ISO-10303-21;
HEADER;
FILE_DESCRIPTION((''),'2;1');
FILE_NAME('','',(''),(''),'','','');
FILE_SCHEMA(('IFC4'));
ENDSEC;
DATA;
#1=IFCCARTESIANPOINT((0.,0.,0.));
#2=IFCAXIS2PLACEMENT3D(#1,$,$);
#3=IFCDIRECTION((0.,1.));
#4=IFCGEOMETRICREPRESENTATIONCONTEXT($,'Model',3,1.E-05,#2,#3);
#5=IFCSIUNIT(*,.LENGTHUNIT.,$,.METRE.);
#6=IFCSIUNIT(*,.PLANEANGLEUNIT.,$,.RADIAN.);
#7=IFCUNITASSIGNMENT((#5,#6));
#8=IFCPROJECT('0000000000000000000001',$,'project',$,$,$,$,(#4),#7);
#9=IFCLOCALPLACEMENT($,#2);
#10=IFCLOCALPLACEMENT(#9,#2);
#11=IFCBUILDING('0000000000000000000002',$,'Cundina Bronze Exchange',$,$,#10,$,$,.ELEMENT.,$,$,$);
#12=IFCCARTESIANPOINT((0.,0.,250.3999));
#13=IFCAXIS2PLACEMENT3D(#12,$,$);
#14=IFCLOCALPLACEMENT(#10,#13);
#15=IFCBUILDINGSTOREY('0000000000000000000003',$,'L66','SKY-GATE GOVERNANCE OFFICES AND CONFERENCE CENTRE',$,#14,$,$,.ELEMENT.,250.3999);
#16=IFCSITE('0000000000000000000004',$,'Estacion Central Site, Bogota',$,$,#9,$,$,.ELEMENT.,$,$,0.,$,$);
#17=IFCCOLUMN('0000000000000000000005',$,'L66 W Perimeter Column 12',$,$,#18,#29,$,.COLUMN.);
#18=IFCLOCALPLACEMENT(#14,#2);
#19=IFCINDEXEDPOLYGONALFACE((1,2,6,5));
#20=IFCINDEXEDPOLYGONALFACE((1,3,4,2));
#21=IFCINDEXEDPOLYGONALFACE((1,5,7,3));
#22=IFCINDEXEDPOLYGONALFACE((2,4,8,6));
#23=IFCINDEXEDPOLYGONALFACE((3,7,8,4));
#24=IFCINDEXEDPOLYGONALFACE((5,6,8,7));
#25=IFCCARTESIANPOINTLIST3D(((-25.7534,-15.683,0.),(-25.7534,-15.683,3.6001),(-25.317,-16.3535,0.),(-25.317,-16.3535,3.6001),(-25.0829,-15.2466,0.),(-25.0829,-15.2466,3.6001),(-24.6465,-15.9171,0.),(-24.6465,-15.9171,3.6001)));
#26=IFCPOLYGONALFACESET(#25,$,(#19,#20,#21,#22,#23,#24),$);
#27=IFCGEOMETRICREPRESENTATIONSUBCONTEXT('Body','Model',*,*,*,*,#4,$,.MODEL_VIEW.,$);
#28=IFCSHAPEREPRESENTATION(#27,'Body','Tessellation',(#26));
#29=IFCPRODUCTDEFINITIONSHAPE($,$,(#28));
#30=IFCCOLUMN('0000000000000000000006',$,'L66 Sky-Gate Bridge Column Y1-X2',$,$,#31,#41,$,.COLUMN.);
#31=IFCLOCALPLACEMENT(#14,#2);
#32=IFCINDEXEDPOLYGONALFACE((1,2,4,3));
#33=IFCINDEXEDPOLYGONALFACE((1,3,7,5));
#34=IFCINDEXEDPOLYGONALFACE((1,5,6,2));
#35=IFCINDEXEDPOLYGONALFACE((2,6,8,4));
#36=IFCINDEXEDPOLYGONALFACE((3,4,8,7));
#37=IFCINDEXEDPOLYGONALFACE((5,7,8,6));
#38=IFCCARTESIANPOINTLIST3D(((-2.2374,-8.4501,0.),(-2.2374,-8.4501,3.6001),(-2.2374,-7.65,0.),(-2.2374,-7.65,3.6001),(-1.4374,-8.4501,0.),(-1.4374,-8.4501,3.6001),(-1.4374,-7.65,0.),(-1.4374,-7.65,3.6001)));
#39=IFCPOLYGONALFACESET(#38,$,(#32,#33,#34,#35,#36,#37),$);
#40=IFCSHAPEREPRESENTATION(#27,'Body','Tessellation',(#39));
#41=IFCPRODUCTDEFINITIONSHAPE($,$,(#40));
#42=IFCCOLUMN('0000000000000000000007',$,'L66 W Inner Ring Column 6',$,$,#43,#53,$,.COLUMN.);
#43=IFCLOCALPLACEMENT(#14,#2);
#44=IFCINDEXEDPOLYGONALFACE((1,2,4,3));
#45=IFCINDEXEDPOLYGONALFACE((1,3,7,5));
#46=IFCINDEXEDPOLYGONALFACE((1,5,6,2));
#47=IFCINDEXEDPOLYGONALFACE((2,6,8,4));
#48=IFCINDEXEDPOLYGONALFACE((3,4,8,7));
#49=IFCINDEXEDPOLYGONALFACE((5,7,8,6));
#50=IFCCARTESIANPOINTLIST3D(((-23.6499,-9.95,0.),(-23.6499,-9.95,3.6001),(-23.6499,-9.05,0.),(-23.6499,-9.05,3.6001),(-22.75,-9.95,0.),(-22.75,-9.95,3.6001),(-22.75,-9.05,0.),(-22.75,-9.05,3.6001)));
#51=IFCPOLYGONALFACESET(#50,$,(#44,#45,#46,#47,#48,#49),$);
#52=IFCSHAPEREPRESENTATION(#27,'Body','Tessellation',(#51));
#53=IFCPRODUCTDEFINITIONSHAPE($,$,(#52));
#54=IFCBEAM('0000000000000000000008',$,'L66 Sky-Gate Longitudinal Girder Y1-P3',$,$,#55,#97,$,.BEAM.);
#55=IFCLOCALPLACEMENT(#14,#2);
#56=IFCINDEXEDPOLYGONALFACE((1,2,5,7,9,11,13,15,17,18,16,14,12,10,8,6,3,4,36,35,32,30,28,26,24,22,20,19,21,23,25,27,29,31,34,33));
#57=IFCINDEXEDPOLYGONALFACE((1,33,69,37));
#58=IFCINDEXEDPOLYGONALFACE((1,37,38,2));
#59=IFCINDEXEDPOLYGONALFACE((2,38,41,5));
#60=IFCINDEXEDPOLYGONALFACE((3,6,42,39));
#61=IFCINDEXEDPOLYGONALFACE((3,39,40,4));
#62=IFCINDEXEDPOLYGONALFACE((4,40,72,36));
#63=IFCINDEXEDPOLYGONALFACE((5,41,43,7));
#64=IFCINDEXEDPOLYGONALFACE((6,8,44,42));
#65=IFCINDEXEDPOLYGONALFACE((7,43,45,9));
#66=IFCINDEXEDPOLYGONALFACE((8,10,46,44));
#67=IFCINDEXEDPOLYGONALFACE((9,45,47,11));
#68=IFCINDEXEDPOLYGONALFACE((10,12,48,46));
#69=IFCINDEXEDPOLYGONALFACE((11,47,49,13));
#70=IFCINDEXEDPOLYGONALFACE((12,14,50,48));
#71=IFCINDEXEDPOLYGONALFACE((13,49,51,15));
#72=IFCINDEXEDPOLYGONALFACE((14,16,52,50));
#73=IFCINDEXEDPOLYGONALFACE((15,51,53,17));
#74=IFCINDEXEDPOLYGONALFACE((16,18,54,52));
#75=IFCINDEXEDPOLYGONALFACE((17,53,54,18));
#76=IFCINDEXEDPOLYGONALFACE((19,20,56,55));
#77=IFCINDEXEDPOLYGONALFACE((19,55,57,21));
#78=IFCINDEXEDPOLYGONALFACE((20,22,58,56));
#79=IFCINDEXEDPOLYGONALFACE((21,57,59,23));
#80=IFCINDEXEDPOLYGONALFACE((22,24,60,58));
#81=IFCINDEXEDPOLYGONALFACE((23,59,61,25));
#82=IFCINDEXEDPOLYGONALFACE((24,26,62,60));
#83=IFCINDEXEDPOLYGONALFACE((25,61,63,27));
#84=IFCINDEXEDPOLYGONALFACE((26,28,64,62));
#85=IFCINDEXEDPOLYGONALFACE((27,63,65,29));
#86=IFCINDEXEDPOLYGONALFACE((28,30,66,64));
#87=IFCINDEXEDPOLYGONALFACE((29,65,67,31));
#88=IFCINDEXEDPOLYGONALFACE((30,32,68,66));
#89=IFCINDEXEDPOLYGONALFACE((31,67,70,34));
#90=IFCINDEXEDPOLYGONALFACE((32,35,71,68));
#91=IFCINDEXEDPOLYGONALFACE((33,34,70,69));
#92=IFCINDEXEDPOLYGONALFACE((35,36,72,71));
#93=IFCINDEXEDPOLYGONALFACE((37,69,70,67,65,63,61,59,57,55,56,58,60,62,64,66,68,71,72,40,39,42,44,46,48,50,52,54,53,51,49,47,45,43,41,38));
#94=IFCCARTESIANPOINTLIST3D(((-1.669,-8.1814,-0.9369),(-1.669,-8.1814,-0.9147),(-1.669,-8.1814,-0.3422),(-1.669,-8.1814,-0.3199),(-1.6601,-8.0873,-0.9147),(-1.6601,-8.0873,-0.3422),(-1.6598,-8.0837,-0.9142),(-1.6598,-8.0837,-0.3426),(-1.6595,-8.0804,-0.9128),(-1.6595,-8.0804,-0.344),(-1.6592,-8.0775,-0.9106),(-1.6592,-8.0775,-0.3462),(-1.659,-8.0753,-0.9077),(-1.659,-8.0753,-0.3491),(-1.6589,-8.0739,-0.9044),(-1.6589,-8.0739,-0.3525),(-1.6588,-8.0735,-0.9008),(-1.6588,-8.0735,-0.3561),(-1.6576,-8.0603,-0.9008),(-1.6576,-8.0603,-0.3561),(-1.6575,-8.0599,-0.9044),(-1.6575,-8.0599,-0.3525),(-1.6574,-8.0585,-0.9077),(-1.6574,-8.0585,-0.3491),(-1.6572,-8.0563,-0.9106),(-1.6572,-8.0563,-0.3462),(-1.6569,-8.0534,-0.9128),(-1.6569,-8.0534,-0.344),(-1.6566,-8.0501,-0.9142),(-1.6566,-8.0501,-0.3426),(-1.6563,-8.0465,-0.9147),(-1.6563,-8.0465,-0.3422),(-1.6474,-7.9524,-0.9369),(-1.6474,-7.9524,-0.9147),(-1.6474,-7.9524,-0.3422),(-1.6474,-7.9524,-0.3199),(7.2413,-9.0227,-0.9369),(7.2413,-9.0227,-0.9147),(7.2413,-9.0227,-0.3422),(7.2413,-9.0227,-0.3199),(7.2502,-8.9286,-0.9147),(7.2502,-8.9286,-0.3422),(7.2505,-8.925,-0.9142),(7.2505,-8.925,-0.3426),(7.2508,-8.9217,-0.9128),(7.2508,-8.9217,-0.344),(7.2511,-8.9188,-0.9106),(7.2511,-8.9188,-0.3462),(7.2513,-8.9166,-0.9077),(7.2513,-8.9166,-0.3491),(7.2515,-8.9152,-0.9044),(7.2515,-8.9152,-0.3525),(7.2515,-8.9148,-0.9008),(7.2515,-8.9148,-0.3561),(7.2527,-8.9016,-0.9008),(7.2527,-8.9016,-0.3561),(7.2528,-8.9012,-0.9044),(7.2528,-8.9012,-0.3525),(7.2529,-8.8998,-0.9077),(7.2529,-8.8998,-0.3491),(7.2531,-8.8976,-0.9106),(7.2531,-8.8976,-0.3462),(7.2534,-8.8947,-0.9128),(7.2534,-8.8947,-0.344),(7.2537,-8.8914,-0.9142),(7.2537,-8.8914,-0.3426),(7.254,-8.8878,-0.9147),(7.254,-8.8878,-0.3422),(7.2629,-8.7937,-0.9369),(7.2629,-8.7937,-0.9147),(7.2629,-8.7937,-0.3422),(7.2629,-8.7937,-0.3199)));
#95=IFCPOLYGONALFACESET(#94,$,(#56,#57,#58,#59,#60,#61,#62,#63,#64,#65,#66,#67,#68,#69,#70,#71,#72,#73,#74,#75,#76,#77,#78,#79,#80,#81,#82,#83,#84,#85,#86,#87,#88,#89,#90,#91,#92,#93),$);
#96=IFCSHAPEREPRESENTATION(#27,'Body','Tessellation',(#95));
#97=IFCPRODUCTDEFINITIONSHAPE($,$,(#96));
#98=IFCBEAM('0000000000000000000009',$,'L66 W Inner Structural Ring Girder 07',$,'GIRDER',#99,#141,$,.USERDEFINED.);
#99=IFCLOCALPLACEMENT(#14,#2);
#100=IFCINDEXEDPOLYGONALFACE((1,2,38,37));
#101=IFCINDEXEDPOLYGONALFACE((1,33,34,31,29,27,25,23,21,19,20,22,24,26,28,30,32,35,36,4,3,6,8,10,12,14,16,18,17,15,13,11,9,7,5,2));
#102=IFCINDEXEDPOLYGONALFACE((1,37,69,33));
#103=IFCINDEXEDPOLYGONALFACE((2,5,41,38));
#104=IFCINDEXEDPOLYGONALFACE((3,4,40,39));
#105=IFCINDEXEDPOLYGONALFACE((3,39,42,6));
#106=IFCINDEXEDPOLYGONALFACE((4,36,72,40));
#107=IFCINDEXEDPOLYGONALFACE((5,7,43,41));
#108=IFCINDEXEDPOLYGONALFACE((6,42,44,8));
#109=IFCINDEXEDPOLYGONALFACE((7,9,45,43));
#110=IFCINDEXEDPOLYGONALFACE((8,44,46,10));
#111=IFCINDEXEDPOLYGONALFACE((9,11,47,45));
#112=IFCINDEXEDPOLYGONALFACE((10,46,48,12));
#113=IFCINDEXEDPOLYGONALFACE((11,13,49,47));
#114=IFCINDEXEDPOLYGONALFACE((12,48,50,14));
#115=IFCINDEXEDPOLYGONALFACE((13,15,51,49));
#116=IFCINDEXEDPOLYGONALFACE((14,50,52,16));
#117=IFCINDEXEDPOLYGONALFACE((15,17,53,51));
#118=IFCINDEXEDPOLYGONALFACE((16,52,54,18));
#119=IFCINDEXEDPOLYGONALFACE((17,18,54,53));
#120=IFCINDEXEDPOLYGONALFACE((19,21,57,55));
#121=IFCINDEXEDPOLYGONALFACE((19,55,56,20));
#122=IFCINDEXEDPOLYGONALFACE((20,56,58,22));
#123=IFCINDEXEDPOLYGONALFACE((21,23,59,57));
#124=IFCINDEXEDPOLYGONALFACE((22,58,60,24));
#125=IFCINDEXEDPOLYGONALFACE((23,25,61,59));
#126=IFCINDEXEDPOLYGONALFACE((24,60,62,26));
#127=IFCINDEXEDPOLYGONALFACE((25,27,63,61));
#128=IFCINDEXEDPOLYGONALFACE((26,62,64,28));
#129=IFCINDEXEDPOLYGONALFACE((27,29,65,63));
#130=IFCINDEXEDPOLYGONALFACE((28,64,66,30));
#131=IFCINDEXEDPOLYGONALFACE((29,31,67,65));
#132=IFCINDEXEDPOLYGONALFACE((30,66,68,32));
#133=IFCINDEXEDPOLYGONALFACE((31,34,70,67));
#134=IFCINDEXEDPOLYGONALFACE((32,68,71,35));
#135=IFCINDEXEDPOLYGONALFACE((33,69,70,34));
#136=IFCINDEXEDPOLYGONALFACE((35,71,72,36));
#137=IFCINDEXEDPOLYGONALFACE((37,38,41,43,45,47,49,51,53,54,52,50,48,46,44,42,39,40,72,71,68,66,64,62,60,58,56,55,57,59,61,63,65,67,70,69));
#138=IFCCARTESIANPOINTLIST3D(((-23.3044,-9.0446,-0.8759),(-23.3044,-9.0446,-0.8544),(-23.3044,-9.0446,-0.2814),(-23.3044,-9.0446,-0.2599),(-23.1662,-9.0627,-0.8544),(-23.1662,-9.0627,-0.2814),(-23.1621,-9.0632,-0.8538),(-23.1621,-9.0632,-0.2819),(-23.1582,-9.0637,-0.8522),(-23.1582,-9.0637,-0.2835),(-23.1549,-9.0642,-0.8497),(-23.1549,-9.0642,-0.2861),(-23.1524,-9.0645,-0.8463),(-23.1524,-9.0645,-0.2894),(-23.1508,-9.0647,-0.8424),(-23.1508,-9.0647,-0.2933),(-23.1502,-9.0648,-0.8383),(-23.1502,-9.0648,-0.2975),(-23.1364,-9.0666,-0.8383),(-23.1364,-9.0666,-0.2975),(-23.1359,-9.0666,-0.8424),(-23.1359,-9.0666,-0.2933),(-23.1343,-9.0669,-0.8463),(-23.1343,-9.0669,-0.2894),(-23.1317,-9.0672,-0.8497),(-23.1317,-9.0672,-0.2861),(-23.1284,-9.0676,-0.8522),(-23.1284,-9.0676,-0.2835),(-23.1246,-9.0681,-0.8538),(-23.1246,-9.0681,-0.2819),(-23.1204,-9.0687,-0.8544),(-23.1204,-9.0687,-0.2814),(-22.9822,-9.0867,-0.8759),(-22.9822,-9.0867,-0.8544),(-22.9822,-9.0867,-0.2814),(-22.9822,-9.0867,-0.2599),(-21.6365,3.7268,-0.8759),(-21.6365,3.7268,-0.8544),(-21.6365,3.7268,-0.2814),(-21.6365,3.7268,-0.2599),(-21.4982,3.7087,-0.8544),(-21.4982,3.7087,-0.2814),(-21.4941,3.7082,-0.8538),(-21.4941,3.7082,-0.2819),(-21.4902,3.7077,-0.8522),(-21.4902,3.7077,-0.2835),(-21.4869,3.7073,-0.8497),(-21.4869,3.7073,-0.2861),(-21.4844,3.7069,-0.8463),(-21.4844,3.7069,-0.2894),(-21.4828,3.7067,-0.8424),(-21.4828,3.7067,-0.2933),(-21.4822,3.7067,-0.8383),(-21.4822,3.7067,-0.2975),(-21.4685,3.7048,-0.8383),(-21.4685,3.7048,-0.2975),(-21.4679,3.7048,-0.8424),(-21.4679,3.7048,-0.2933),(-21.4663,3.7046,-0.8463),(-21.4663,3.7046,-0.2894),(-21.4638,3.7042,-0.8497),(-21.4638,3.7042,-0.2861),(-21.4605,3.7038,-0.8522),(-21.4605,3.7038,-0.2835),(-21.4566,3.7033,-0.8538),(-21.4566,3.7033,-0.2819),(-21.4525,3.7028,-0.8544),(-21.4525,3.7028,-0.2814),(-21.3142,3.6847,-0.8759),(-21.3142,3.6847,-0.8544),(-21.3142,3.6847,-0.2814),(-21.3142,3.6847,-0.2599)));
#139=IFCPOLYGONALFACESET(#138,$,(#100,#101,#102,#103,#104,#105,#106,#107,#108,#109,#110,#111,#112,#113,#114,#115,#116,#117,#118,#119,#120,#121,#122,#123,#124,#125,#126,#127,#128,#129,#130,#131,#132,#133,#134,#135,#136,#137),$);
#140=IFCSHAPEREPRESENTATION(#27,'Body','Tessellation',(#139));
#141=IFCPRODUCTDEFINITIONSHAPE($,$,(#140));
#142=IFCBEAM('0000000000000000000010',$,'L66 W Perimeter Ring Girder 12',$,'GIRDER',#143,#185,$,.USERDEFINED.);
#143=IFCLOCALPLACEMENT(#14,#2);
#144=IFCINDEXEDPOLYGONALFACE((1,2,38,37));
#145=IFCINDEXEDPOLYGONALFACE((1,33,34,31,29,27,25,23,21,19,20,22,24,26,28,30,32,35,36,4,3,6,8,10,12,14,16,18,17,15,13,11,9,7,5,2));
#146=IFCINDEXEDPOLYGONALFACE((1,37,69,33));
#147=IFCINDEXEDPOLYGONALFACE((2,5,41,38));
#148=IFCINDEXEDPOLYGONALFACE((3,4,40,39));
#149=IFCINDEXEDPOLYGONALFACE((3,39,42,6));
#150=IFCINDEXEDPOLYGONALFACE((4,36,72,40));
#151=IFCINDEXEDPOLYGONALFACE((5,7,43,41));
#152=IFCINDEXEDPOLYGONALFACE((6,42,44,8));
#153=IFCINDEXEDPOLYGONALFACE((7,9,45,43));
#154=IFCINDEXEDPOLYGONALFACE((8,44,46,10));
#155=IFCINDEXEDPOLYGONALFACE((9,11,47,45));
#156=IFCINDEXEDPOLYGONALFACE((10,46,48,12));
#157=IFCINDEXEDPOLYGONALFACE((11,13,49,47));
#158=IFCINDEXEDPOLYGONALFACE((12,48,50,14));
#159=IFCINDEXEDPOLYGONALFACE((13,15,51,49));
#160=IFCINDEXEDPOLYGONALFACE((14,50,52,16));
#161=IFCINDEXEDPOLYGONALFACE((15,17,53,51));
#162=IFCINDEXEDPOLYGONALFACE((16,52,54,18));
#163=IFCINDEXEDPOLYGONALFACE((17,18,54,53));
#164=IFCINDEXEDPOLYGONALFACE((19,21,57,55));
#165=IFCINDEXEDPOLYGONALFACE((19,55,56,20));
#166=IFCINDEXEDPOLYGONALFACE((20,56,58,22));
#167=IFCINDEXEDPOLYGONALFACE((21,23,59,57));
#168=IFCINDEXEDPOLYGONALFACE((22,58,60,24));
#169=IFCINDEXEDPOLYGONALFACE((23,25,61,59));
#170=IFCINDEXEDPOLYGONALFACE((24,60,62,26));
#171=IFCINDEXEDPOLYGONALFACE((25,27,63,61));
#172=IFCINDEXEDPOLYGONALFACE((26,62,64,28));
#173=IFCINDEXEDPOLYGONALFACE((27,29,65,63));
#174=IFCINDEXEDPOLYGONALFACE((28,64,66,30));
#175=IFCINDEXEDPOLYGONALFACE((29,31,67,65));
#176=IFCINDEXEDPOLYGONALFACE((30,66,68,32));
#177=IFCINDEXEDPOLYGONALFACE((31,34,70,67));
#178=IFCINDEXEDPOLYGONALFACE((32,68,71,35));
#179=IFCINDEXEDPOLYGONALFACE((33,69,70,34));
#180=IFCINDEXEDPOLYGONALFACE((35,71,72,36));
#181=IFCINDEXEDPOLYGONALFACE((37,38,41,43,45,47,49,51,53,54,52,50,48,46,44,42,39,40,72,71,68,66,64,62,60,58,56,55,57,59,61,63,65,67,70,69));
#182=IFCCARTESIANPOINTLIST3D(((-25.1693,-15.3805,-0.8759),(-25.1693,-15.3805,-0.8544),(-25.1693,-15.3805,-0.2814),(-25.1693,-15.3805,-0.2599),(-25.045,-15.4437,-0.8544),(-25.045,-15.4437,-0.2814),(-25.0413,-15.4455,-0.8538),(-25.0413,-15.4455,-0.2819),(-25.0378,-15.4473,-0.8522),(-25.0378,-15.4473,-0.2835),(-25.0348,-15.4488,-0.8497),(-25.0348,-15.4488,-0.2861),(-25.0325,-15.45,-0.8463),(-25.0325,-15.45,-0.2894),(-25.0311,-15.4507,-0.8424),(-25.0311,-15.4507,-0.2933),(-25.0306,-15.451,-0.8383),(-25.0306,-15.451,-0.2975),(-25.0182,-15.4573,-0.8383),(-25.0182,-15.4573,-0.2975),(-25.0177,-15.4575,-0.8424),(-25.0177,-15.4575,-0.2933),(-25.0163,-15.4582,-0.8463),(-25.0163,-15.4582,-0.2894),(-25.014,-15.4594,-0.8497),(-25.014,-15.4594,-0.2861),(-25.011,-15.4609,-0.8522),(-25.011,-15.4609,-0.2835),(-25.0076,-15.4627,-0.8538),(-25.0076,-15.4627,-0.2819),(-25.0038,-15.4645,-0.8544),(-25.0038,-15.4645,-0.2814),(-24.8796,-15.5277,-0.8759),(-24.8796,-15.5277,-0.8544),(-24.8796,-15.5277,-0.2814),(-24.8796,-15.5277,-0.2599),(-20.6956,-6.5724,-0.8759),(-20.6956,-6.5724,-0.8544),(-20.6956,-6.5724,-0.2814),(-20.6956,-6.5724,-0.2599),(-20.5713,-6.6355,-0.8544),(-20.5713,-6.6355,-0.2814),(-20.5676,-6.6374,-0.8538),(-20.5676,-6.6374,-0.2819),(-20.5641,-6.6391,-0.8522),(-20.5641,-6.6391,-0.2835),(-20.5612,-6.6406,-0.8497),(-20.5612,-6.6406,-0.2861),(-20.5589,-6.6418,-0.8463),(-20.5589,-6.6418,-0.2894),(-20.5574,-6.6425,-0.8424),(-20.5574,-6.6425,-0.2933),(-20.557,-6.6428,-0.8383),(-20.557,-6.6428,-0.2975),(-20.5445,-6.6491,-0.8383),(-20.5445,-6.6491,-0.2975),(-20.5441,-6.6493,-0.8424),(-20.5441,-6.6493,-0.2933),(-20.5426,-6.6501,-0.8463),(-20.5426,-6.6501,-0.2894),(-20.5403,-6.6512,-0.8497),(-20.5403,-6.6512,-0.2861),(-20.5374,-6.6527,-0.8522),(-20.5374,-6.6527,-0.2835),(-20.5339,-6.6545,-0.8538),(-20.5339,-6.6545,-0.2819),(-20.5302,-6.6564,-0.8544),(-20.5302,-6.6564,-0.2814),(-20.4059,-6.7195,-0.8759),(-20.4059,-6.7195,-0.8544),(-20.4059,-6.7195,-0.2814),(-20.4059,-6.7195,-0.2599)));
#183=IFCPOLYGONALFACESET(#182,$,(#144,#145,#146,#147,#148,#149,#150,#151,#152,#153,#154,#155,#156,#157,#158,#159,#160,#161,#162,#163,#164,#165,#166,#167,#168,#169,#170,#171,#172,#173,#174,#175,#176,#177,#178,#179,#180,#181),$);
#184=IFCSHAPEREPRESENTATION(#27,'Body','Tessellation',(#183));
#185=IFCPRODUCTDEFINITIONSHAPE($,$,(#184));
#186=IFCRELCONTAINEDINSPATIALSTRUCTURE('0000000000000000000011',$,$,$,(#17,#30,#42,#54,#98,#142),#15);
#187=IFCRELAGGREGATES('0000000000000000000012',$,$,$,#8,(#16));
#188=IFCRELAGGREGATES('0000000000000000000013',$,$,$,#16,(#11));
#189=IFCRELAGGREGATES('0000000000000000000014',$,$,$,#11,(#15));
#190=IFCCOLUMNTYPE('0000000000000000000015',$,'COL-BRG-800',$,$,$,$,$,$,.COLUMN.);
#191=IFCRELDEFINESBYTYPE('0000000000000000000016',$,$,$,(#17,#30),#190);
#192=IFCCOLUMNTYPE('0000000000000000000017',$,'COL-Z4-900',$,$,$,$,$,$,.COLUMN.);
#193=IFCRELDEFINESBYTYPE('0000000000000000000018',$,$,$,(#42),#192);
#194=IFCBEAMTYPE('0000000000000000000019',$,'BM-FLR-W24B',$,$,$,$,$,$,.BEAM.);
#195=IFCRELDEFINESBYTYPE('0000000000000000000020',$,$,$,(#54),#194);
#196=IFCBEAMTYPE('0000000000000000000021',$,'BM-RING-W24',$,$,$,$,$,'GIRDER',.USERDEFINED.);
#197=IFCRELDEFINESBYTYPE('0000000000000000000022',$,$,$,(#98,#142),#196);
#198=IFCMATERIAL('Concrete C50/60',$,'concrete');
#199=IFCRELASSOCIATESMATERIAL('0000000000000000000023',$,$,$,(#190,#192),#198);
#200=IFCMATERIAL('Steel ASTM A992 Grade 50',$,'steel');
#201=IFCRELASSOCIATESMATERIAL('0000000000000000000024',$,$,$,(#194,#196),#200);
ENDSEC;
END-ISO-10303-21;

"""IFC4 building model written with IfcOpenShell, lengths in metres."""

from ifc_helpers import new_model, si_unit, direction, frame, origin, origin_2d, place, context, subcontext, project, spatial, rectangle, i_section, extrude, material, material_profile, profile_set, type_object, element, save


model = new_model("IFC4")

# Units and contexts
model_context = context("Model", 3, precision=1e-05, world=origin(), true_north=direction((0.0, 1.0)))
body_context = subcontext(model_context, "Body", "Model", "MODEL_VIEW")
ifc_project = project(units=[si_unit("LENGTHUNIT", "METRE"), si_unit("PLANEANGLEUNIT", "RADIAN")], contexts=[model_context])

# Site, building, storey
site_placement = place(None, origin())
site = spatial("IfcSite", under=ifc_project, at=site_placement, Name="Estacion Central Site, Bogota", CompositionType="ELEMENT", RefElevation=0.0)
building_placement = place(site_placement, origin())
building = spatial("IfcBuilding", under=site, at=building_placement, Name="Cundina Bronze Exchange", CompositionType="ELEMENT")
storey_placement = place(building_placement, frame((0.0, 0.0, 250.3999)))
storey = spatial("IfcBuildingStorey", under=building, at=storey_placement, Name="L66", Description="SKY-GATE GOVERNANCE OFFICES AND CONFERENCE CENTRE", CompositionType="ELEMENT", Elevation=250.3999)

# Columns
ifc_material_1 = material(Name="Concrete C50/60", Category="concrete")
ifc_material_profile_1 = material_profile(ifc_material_1, rectangle(XDim=0.8, YDim=0.8, at=origin_2d()), Name="RC800X800", Category="concrete")
ifc_profile_set_1 = profile_set([ifc_material_profile_1], Name="Concrete C50/60")
column_type_1 = type_object("IfcColumnType", Name="COL-BRG-800", PredefinedType="COLUMN", material=ifc_profile_set_1)
for number, where, z_axis, x_axis, name in (
    (1, (-25.2, -15.8, 0.0), (0.0, 0.0, 1.0), (0.8381, 0.545517, 0.0), "L66 W Perimeter Column 12"),
    (2, (-1.8374, -8.05, 0.0), (0.0, 0.0, 1.0), (1.0, 0.0, 0.0), "L66 Sky-Gate Bridge Column Y1-X2"),
):
    element("IfcColumn", number, at=place(storey_placement, frame(where, z_axis=z_axis, x_axis=x_axis)), inside=storey, type_object=column_type_1, Name=name, PredefinedType="COLUMN", context=body_context, shape_type="SweptSolid", body=[
        extrude(rectangle(XDim=0.8, YDim=0.8, at=origin_2d()), origin(), (0.0, 0.0, 1.0), 3.6001),
    ])
ifc_material_profile_2 = material_profile(ifc_material_1, rectangle(XDim=0.8999, YDim=0.8999, at=origin_2d()), Name="RC900X900", Category="concrete")
ifc_profile_set_2 = profile_set([ifc_material_profile_2], Name="Concrete C50/60")
column_type_2 = type_object("IfcColumnType", Name="COL-Z4-900", PredefinedType="COLUMN", material=ifc_profile_set_2)
column_placement = place(storey_placement, frame((-23.2, -9.5, 0.0), z_axis=(0.0, 0.0, 1.0), x_axis=(1.0, 0.0, 0.0)))
element("IfcColumn", 3, at=column_placement, inside=storey, type_object=column_type_2, Name="L66 W Inner Ring Column 6", PredefinedType="COLUMN", context=body_context, shape_type="SweptSolid", body=[
    extrude(rectangle(XDim=0.8999, YDim=0.8999, at=origin_2d()), origin(), (0.0, 0.0, 1.0), 3.6001),
])

# Beams
ifc_material_2 = material(Name="Steel ASTM A992 Grade 50", Category="steel")
ifc_material_profile_3 = material_profile(ifc_material_2, i_section(OverallWidth=0.23, OverallDepth=0.6169, WebThickness=0.0132, FlangeThickness=0.0222, FilletRadius=0.0139, at=origin_2d()), Name="W24X94", Category="steel")
ifc_profile_set_3 = profile_set([ifc_material_profile_3], Name="Steel ASTM A992 Grade 50")
beam_type_1 = type_object("IfcBeamType", Name="BM-FLR-W24B", PredefinedType="BEAM", material=ifc_profile_set_3)
beam_1_placement = place(storey_placement, frame((-1.6582, -8.0669, -0.6284), z_axis=(0.995572, -0.094001, 0.0), x_axis=(0.094001, 0.995572, 0.0)))
element("IfcBeam", 4, at=beam_1_placement, inside=storey, type_object=beam_type_1, Name="L66 Sky-Gate Longitudinal Girder Y1-P3", PredefinedType="BEAM", context=body_context, shape_type="SweptSolid", body=[
    extrude(i_section(OverallWidth=0.23, OverallDepth=0.6169, WebThickness=0.0132, FlangeThickness=0.0222, FilletRadius=0.0139, at=origin_2d()), origin(), (0.0, 0.0, 1.0), 8.95),
])
ifc_material_profile_4 = material_profile(ifc_material_2, i_section(OverallWidth=0.325, OverallDepth=0.616, WebThickness=0.0139, FlangeThickness=0.0215, FilletRadius=0.0161, at=origin_2d()), Name="W24X117", Category="steel")
ifc_profile_set_4 = profile_set([ifc_material_profile_4], Name="Steel ASTM A992 Grade 50")
beam_type_2 = type_object("IfcBeamType", Name="BM-RING-W24", ElementType="GIRDER", PredefinedType="USERDEFINED", material=ifc_profile_set_4)
beam_2_placement = place(storey_placement, frame((-23.1433, -9.0657, -0.5679), z_axis=(0.129501, 0.991579, 0.0), x_axis=(-0.991579, 0.129501, 0.0)))
element("IfcBeam", 5, at=beam_2_placement, inside=storey, type_object=beam_type_2, Name="L66 W Inner Structural Ring Girder 07", ObjectType="GIRDER", PredefinedType="USERDEFINED", context=body_context, shape_type="SweptSolid", body=[
    extrude(i_section(OverallWidth=0.325, OverallDepth=0.616, WebThickness=0.0139, FlangeThickness=0.0215, FilletRadius=0.0161, at=origin_2d()), origin(), (0.0, 0.0, 1.0), 12.8799),
])
beam_3_placement = place(storey_placement, frame((-25.0244, -15.4541, -0.5679), z_axis=(0.452839, 0.891592, 0.0), x_axis=(-0.891592, 0.452839, 0.0)))
element("IfcBeam", 6, at=beam_3_placement, inside=storey, type_object=beam_type_2, Name="L66 W Perimeter Ring Girder 12", ObjectType="GIRDER", PredefinedType="USERDEFINED", context=body_context, shape_type="SweptSolid", body=[
    extrude(i_section(OverallWidth=0.325, OverallDepth=0.616, WebThickness=0.0139, FlangeThickness=0.0215, FilletRadius=0.0161, at=origin_2d()), origin(), (0.0, 0.0, 1.0), 9.8792),
])

save(model, "model.ifc")
